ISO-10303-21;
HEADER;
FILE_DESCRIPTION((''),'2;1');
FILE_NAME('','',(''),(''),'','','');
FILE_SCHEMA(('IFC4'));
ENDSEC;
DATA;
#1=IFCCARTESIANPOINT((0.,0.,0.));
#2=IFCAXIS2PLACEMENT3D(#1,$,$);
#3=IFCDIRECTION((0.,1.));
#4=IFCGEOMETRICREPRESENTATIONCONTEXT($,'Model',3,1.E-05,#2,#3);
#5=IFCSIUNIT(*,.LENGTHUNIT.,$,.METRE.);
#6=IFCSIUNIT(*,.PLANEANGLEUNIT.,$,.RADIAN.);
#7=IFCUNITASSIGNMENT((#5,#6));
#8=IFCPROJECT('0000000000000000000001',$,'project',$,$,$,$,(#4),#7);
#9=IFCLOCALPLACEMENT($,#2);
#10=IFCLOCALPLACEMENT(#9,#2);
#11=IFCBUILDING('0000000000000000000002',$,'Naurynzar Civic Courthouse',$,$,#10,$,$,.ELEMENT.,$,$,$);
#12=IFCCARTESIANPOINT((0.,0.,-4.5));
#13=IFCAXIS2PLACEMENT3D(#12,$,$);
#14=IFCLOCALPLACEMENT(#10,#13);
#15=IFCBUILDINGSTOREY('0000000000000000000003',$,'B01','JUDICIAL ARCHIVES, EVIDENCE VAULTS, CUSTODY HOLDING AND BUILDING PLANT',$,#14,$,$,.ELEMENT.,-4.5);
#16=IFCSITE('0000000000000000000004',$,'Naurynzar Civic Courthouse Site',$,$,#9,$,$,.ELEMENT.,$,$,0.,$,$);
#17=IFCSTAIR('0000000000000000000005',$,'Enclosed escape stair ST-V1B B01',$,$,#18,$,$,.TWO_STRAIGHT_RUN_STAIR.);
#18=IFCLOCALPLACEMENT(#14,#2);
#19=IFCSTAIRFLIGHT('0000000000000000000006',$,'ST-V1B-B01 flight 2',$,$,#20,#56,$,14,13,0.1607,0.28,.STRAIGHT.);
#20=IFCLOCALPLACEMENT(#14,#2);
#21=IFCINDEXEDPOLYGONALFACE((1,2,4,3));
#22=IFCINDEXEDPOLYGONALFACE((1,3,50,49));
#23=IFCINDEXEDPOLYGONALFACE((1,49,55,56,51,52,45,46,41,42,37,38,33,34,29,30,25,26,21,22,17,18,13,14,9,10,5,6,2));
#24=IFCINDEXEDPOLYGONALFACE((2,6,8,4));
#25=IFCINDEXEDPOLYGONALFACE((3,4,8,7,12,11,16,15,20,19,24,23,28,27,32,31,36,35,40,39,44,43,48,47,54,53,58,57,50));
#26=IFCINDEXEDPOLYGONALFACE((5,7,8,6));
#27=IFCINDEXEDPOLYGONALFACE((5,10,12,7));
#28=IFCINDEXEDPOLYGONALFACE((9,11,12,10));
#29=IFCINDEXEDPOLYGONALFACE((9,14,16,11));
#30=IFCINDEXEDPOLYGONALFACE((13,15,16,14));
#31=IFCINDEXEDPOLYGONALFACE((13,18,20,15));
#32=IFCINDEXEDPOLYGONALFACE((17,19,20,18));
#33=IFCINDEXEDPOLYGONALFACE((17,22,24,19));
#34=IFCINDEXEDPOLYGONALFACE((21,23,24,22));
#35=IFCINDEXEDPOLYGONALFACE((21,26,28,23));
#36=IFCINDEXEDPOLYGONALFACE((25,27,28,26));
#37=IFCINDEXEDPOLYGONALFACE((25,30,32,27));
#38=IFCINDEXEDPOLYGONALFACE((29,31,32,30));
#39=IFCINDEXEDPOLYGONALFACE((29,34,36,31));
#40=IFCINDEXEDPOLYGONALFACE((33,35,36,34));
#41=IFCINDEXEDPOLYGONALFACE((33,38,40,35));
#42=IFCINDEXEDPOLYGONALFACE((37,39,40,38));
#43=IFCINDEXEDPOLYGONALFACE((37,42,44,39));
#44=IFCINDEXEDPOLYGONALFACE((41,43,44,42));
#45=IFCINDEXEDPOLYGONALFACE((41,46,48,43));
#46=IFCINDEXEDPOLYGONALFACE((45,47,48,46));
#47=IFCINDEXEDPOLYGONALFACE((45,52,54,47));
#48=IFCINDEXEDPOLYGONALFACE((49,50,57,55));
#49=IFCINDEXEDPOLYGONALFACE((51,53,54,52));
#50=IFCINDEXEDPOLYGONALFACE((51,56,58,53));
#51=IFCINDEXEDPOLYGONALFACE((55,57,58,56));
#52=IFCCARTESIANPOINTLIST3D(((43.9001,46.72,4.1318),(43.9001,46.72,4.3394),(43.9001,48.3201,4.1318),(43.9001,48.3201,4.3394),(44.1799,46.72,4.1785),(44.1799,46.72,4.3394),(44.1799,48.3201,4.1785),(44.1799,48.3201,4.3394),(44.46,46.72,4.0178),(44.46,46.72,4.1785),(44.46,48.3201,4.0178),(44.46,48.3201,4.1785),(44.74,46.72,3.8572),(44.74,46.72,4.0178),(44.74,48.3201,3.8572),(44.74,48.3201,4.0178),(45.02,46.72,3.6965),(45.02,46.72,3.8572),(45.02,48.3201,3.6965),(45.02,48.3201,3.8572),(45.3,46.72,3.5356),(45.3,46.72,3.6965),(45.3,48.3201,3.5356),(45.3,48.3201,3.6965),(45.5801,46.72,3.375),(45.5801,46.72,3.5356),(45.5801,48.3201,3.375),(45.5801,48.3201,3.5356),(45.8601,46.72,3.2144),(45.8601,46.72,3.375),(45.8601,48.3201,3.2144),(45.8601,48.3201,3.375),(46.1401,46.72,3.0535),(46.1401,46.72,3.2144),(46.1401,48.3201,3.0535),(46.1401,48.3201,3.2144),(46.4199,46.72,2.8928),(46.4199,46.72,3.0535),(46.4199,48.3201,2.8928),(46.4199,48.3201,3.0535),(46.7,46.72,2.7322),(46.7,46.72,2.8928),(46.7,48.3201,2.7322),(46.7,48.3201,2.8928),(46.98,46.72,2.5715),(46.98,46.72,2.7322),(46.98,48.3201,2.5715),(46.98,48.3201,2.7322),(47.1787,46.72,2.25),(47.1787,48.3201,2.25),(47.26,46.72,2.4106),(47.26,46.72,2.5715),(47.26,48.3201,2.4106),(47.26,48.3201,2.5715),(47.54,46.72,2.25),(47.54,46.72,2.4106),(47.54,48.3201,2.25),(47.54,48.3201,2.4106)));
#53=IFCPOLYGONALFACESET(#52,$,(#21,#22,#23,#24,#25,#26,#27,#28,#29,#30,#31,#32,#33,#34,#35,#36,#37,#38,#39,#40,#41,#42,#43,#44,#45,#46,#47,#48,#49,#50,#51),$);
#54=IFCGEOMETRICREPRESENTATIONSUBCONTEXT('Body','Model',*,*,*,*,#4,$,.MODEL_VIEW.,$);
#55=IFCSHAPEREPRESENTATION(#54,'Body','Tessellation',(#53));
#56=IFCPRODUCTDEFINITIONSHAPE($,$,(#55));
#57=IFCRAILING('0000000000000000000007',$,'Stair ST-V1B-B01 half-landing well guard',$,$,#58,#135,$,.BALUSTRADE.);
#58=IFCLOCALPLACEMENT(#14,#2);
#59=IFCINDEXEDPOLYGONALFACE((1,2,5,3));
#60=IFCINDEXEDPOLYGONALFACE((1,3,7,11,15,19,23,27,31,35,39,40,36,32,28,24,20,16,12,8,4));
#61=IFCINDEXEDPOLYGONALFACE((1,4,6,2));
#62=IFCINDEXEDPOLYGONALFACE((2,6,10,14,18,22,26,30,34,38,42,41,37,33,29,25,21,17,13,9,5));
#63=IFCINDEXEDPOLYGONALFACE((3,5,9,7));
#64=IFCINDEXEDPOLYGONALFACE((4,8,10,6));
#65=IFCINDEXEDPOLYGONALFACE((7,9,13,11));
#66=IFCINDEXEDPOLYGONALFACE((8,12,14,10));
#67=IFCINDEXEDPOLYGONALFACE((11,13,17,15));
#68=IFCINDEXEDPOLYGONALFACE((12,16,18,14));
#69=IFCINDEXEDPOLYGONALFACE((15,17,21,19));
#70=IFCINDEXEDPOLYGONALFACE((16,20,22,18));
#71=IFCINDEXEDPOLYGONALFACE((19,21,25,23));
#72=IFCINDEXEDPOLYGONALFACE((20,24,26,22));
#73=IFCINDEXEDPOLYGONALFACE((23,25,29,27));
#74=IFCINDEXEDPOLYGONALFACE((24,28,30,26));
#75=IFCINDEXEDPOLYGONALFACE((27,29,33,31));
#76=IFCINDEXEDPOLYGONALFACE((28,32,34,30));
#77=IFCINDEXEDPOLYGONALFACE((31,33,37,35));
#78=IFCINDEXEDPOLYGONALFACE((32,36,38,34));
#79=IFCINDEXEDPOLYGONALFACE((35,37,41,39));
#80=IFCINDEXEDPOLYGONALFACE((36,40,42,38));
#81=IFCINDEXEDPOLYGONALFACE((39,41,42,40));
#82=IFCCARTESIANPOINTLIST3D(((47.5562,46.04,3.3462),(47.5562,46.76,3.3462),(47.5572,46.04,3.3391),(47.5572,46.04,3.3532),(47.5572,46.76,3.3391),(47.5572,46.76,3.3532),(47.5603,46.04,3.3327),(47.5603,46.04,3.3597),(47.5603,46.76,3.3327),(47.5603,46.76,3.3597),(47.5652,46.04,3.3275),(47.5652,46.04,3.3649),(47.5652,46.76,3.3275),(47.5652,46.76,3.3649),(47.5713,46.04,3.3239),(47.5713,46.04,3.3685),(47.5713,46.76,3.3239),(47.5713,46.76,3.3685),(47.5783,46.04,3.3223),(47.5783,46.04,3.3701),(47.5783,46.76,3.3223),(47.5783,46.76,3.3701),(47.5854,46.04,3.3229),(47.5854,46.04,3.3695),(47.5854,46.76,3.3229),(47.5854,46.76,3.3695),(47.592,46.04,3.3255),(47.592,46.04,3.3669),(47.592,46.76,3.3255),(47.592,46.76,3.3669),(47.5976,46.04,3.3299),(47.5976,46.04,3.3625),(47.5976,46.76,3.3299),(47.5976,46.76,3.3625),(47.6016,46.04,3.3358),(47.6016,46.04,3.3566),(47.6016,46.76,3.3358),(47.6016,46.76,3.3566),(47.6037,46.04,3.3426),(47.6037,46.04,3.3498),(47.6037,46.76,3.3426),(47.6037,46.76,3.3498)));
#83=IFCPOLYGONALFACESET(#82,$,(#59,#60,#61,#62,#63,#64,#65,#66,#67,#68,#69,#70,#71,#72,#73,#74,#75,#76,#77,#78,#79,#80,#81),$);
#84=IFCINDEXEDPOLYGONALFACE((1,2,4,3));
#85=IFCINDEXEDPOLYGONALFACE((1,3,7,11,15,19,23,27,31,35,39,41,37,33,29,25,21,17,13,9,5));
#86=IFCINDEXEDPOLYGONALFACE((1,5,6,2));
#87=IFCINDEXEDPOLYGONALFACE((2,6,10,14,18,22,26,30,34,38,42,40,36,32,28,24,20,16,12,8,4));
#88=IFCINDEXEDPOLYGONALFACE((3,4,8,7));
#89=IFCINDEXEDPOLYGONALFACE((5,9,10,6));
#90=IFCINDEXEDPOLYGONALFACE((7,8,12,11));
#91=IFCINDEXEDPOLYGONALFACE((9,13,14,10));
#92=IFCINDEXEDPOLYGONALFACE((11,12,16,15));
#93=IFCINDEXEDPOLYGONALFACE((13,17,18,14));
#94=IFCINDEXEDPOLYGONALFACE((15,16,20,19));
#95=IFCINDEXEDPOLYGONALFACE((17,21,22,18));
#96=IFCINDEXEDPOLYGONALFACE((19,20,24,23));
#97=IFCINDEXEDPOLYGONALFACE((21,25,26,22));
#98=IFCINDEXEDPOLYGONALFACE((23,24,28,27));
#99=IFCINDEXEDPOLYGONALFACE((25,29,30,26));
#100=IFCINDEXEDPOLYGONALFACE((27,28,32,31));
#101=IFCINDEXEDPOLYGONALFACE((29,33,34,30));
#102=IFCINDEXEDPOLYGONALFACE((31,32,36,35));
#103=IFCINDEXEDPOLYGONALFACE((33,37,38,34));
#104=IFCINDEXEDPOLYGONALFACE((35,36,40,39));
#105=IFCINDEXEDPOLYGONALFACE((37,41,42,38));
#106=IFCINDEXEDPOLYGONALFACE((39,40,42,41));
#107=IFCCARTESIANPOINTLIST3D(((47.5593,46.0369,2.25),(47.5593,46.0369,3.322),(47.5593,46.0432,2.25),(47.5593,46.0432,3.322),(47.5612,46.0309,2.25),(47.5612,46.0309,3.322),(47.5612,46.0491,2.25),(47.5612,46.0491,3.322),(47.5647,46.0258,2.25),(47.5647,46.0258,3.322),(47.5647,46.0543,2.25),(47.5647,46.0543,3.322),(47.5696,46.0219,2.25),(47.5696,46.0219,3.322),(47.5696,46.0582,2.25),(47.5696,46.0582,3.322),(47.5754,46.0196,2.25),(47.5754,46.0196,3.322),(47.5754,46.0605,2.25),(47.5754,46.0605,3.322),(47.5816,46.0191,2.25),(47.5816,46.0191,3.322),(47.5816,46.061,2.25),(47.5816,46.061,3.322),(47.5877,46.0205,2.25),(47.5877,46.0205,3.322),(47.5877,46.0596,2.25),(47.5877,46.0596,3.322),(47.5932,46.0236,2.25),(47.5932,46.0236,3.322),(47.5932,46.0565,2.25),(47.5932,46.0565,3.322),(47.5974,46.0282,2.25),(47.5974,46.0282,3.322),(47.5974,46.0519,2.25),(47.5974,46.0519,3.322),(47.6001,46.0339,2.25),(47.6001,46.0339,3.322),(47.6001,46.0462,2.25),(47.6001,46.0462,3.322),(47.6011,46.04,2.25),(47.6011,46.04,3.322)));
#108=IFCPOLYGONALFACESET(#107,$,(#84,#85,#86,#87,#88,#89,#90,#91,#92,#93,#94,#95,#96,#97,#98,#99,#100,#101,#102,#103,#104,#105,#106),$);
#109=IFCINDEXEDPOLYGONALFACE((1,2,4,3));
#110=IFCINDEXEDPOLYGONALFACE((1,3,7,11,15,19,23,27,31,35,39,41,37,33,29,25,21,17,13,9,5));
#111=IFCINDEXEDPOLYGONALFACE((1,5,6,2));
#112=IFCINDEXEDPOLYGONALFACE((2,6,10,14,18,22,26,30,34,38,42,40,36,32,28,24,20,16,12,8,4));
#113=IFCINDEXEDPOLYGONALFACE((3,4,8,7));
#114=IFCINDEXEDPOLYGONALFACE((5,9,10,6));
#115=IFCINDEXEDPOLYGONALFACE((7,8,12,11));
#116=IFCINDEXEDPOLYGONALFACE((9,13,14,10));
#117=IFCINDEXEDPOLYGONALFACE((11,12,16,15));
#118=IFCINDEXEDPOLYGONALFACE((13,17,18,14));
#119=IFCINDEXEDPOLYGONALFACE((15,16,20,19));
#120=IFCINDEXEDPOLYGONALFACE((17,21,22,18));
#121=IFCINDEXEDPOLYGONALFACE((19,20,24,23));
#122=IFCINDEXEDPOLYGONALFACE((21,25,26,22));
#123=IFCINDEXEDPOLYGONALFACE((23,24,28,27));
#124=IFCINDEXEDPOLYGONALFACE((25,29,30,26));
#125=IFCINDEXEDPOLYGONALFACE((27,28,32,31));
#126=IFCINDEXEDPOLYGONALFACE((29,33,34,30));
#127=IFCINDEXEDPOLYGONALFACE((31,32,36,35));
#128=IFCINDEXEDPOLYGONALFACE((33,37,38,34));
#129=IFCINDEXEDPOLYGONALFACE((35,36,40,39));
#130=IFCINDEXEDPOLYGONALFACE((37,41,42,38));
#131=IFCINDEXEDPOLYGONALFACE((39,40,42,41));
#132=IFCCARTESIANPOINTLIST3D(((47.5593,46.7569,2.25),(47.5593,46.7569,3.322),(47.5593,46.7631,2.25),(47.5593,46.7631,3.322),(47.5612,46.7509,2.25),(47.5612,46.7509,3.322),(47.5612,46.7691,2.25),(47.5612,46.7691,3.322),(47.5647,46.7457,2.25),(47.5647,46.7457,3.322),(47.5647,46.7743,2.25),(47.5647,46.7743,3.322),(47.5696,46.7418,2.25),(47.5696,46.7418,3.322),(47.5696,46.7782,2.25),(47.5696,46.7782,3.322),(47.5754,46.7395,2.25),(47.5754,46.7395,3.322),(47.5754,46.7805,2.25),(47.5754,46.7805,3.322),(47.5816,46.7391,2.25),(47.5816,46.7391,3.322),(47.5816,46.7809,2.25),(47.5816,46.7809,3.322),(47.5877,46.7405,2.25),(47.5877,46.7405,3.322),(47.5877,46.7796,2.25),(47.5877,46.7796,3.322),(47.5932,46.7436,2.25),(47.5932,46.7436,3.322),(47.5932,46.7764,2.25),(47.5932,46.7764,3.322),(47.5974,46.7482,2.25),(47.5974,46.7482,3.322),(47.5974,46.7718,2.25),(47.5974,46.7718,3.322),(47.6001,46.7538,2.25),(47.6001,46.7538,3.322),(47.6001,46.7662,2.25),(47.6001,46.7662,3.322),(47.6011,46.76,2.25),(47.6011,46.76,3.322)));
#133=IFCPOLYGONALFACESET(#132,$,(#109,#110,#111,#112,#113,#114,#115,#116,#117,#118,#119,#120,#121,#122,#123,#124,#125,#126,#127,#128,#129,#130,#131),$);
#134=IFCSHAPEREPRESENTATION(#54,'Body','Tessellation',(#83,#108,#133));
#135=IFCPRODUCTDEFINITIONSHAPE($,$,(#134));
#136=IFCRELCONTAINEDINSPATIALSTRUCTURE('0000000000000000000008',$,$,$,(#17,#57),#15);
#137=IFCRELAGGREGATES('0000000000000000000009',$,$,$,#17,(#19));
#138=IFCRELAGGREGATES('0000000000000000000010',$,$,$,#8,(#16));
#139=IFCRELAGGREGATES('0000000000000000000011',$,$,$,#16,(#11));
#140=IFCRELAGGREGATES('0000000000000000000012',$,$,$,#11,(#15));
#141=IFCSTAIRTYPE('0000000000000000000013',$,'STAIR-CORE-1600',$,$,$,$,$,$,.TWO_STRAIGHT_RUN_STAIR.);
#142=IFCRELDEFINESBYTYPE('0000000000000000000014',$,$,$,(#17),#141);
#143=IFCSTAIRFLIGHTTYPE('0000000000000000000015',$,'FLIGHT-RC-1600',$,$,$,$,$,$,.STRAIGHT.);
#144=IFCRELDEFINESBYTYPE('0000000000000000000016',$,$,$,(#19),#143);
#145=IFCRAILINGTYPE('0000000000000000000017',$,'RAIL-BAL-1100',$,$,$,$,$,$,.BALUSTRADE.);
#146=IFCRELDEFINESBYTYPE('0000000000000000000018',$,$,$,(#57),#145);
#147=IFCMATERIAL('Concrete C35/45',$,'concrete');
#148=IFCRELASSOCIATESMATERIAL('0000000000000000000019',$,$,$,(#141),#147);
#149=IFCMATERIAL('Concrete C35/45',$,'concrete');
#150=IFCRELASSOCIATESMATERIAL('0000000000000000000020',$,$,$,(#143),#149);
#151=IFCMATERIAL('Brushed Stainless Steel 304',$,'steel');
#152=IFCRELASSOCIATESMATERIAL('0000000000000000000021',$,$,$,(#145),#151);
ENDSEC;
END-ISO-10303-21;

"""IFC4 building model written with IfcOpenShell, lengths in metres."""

from ifc_helpers import new_model, si_unit, direction, frame, origin, origin_2d, place, context, subcontext, project, spatial, polyline, circle, outline, extrude, material, type_object, element, aggregate, save


model = new_model("IFC4")

# Units and contexts
model_context = context("Model", 3, precision=1e-05, world=origin(), true_north=direction((0.0, 1.0)))
body_context = subcontext(model_context, "Body", "Model", "MODEL_VIEW")
ifc_project = project(units=[si_unit("LENGTHUNIT", "METRE"), si_unit("PLANEANGLEUNIT", "RADIAN")], contexts=[model_context])

# Site, building, storey
site_placement = place(None, origin())
site = spatial("IfcSite", under=ifc_project, at=site_placement, Name="Naurynzar Civic Courthouse Site", CompositionType="ELEMENT", RefElevation=0.0)
building_placement = place(site_placement, origin())
building = spatial("IfcBuilding", under=site, at=building_placement, Name="Naurynzar Civic Courthouse", CompositionType="ELEMENT")
storey_placement = place(building_placement, frame((0.0, 0.0, -4.5)))
storey = spatial("IfcBuildingStorey", under=building, at=storey_placement, Name="B01", Description="JUDICIAL ARCHIVES, EVIDENCE VAULTS, CUSTODY HOLDING AND BUILDING PLANT", CompositionType="ELEMENT", Elevation=-4.5)

# Stair, stair flight
ifc_material_1 = material(Name="Concrete C35/45", Category="concrete")
stair_type = type_object("IfcStairType", Name="STAIR-CORE-1600", PredefinedType="TWO_STRAIGHT_RUN_STAIR", material=ifc_material_1)
stair_placement = place(storey_placement, origin())
stair = element("IfcStair", 1, at=stair_placement, inside=storey, type_object=stair_type, Name="Enclosed escape stair ST-V1B B01", PredefinedType="TWO_STRAIGHT_RUN_STAIR")
ifc_material_2 = material(Name="Concrete C35/45", Category="concrete")
stair_flight_type = type_object("IfcStairFlightType", Name="FLIGHT-RC-1600", PredefinedType="STRAIGHT", material=ifc_material_2)
stair_flight_1_placement = place(storey_placement, frame((47.54, 47.52, 2.25), z_axis=(0.0, 0.0, 1.0), x_axis=(-1.0, 0.0, 0.0)))
stair_flight_1 = element("IfcStairFlight", 2, at=stair_flight_1_placement, type_object=stair_flight_type, Name="ST-V1B-B01 flight 2", NumberOfRisers=14, NumberOfTreads=13, PredefinedType="STRAIGHT", RiserHeight=0.1607, TreadLength=0.28, context=body_context, shape_type="SweptSolid", body=[
    extrude(outline(polyline([(0.0, 0.0), (0.0, 0.1606), (0.28, 0.1606), (0.28, 0.3215), (0.5601, 0.3215), (0.5601, 0.4822), (0.8401, 0.4822), (0.8401, 0.6428), (1.1201, 0.6428), (1.1201, 0.8035), (1.3999, 0.8035), (1.3999, 0.9644), (1.6799, 0.9644), (1.6799, 1.125), (1.96, 1.125), (1.96, 1.2856), (2.24, 1.2856), (2.24, 1.4465), (2.52, 1.4465), (2.52, 1.6072), (2.8, 1.6072), (2.8, 1.7678), (3.0801, 1.7678), (3.0801, 1.9285), (3.3601, 1.9285), (3.3601, 2.0894), (3.6399, 2.0894), (3.6399, 2.25), (3.6399, 1.8818), (0.3613, 0.0), (0.0, 0.0)])), frame((0.0, 0.8, 0.0), z_axis=(0.0, -1.0, 0.0), x_axis=(1.0, 0.0, 0.0)), (0.0, 0.0, 1.0), 1.6001),
])
aggregate(stair, [stair_flight_1])

# Railing
ifc_material_3 = material(Name="Brushed Stainless Steel 304", Category="steel")
railing_type_1 = type_object("IfcRailingType", Name="RAIL-BAL-1100", PredefinedType="BALUSTRADE", material=ifc_material_3)
railing_1_placement = place(storey_placement, frame((47.5801, 46.04, 2.25)))
element("IfcRailing", 3, at=railing_1_placement, inside=storey, type_object=railing_type_1, Name="Stair ST-V1B-B01 half-landing well guard", PredefinedType="BALUSTRADE", context=body_context, shape_type="SweptSolid", body=[
    extrude(circle(Radius=0.0239, at=origin_2d()), frame((0.0, 0.0, 1.0962), z_axis=(0.0, 1.0, 0.0), x_axis=(-1.0, 0.0, 0.0)), (0.0, 0.0, 1.0), 0.72),
    extrude(circle(Radius=0.021, at=origin_2d()), origin(), (0.0, 0.0, 1.0), 1.072),
    extrude(circle(Radius=0.021, at=origin_2d()), frame((0.0, 0.72, 0.0)), (0.0, 0.0, 1.0), 1.072),
])

save(model, "model.ifc")
